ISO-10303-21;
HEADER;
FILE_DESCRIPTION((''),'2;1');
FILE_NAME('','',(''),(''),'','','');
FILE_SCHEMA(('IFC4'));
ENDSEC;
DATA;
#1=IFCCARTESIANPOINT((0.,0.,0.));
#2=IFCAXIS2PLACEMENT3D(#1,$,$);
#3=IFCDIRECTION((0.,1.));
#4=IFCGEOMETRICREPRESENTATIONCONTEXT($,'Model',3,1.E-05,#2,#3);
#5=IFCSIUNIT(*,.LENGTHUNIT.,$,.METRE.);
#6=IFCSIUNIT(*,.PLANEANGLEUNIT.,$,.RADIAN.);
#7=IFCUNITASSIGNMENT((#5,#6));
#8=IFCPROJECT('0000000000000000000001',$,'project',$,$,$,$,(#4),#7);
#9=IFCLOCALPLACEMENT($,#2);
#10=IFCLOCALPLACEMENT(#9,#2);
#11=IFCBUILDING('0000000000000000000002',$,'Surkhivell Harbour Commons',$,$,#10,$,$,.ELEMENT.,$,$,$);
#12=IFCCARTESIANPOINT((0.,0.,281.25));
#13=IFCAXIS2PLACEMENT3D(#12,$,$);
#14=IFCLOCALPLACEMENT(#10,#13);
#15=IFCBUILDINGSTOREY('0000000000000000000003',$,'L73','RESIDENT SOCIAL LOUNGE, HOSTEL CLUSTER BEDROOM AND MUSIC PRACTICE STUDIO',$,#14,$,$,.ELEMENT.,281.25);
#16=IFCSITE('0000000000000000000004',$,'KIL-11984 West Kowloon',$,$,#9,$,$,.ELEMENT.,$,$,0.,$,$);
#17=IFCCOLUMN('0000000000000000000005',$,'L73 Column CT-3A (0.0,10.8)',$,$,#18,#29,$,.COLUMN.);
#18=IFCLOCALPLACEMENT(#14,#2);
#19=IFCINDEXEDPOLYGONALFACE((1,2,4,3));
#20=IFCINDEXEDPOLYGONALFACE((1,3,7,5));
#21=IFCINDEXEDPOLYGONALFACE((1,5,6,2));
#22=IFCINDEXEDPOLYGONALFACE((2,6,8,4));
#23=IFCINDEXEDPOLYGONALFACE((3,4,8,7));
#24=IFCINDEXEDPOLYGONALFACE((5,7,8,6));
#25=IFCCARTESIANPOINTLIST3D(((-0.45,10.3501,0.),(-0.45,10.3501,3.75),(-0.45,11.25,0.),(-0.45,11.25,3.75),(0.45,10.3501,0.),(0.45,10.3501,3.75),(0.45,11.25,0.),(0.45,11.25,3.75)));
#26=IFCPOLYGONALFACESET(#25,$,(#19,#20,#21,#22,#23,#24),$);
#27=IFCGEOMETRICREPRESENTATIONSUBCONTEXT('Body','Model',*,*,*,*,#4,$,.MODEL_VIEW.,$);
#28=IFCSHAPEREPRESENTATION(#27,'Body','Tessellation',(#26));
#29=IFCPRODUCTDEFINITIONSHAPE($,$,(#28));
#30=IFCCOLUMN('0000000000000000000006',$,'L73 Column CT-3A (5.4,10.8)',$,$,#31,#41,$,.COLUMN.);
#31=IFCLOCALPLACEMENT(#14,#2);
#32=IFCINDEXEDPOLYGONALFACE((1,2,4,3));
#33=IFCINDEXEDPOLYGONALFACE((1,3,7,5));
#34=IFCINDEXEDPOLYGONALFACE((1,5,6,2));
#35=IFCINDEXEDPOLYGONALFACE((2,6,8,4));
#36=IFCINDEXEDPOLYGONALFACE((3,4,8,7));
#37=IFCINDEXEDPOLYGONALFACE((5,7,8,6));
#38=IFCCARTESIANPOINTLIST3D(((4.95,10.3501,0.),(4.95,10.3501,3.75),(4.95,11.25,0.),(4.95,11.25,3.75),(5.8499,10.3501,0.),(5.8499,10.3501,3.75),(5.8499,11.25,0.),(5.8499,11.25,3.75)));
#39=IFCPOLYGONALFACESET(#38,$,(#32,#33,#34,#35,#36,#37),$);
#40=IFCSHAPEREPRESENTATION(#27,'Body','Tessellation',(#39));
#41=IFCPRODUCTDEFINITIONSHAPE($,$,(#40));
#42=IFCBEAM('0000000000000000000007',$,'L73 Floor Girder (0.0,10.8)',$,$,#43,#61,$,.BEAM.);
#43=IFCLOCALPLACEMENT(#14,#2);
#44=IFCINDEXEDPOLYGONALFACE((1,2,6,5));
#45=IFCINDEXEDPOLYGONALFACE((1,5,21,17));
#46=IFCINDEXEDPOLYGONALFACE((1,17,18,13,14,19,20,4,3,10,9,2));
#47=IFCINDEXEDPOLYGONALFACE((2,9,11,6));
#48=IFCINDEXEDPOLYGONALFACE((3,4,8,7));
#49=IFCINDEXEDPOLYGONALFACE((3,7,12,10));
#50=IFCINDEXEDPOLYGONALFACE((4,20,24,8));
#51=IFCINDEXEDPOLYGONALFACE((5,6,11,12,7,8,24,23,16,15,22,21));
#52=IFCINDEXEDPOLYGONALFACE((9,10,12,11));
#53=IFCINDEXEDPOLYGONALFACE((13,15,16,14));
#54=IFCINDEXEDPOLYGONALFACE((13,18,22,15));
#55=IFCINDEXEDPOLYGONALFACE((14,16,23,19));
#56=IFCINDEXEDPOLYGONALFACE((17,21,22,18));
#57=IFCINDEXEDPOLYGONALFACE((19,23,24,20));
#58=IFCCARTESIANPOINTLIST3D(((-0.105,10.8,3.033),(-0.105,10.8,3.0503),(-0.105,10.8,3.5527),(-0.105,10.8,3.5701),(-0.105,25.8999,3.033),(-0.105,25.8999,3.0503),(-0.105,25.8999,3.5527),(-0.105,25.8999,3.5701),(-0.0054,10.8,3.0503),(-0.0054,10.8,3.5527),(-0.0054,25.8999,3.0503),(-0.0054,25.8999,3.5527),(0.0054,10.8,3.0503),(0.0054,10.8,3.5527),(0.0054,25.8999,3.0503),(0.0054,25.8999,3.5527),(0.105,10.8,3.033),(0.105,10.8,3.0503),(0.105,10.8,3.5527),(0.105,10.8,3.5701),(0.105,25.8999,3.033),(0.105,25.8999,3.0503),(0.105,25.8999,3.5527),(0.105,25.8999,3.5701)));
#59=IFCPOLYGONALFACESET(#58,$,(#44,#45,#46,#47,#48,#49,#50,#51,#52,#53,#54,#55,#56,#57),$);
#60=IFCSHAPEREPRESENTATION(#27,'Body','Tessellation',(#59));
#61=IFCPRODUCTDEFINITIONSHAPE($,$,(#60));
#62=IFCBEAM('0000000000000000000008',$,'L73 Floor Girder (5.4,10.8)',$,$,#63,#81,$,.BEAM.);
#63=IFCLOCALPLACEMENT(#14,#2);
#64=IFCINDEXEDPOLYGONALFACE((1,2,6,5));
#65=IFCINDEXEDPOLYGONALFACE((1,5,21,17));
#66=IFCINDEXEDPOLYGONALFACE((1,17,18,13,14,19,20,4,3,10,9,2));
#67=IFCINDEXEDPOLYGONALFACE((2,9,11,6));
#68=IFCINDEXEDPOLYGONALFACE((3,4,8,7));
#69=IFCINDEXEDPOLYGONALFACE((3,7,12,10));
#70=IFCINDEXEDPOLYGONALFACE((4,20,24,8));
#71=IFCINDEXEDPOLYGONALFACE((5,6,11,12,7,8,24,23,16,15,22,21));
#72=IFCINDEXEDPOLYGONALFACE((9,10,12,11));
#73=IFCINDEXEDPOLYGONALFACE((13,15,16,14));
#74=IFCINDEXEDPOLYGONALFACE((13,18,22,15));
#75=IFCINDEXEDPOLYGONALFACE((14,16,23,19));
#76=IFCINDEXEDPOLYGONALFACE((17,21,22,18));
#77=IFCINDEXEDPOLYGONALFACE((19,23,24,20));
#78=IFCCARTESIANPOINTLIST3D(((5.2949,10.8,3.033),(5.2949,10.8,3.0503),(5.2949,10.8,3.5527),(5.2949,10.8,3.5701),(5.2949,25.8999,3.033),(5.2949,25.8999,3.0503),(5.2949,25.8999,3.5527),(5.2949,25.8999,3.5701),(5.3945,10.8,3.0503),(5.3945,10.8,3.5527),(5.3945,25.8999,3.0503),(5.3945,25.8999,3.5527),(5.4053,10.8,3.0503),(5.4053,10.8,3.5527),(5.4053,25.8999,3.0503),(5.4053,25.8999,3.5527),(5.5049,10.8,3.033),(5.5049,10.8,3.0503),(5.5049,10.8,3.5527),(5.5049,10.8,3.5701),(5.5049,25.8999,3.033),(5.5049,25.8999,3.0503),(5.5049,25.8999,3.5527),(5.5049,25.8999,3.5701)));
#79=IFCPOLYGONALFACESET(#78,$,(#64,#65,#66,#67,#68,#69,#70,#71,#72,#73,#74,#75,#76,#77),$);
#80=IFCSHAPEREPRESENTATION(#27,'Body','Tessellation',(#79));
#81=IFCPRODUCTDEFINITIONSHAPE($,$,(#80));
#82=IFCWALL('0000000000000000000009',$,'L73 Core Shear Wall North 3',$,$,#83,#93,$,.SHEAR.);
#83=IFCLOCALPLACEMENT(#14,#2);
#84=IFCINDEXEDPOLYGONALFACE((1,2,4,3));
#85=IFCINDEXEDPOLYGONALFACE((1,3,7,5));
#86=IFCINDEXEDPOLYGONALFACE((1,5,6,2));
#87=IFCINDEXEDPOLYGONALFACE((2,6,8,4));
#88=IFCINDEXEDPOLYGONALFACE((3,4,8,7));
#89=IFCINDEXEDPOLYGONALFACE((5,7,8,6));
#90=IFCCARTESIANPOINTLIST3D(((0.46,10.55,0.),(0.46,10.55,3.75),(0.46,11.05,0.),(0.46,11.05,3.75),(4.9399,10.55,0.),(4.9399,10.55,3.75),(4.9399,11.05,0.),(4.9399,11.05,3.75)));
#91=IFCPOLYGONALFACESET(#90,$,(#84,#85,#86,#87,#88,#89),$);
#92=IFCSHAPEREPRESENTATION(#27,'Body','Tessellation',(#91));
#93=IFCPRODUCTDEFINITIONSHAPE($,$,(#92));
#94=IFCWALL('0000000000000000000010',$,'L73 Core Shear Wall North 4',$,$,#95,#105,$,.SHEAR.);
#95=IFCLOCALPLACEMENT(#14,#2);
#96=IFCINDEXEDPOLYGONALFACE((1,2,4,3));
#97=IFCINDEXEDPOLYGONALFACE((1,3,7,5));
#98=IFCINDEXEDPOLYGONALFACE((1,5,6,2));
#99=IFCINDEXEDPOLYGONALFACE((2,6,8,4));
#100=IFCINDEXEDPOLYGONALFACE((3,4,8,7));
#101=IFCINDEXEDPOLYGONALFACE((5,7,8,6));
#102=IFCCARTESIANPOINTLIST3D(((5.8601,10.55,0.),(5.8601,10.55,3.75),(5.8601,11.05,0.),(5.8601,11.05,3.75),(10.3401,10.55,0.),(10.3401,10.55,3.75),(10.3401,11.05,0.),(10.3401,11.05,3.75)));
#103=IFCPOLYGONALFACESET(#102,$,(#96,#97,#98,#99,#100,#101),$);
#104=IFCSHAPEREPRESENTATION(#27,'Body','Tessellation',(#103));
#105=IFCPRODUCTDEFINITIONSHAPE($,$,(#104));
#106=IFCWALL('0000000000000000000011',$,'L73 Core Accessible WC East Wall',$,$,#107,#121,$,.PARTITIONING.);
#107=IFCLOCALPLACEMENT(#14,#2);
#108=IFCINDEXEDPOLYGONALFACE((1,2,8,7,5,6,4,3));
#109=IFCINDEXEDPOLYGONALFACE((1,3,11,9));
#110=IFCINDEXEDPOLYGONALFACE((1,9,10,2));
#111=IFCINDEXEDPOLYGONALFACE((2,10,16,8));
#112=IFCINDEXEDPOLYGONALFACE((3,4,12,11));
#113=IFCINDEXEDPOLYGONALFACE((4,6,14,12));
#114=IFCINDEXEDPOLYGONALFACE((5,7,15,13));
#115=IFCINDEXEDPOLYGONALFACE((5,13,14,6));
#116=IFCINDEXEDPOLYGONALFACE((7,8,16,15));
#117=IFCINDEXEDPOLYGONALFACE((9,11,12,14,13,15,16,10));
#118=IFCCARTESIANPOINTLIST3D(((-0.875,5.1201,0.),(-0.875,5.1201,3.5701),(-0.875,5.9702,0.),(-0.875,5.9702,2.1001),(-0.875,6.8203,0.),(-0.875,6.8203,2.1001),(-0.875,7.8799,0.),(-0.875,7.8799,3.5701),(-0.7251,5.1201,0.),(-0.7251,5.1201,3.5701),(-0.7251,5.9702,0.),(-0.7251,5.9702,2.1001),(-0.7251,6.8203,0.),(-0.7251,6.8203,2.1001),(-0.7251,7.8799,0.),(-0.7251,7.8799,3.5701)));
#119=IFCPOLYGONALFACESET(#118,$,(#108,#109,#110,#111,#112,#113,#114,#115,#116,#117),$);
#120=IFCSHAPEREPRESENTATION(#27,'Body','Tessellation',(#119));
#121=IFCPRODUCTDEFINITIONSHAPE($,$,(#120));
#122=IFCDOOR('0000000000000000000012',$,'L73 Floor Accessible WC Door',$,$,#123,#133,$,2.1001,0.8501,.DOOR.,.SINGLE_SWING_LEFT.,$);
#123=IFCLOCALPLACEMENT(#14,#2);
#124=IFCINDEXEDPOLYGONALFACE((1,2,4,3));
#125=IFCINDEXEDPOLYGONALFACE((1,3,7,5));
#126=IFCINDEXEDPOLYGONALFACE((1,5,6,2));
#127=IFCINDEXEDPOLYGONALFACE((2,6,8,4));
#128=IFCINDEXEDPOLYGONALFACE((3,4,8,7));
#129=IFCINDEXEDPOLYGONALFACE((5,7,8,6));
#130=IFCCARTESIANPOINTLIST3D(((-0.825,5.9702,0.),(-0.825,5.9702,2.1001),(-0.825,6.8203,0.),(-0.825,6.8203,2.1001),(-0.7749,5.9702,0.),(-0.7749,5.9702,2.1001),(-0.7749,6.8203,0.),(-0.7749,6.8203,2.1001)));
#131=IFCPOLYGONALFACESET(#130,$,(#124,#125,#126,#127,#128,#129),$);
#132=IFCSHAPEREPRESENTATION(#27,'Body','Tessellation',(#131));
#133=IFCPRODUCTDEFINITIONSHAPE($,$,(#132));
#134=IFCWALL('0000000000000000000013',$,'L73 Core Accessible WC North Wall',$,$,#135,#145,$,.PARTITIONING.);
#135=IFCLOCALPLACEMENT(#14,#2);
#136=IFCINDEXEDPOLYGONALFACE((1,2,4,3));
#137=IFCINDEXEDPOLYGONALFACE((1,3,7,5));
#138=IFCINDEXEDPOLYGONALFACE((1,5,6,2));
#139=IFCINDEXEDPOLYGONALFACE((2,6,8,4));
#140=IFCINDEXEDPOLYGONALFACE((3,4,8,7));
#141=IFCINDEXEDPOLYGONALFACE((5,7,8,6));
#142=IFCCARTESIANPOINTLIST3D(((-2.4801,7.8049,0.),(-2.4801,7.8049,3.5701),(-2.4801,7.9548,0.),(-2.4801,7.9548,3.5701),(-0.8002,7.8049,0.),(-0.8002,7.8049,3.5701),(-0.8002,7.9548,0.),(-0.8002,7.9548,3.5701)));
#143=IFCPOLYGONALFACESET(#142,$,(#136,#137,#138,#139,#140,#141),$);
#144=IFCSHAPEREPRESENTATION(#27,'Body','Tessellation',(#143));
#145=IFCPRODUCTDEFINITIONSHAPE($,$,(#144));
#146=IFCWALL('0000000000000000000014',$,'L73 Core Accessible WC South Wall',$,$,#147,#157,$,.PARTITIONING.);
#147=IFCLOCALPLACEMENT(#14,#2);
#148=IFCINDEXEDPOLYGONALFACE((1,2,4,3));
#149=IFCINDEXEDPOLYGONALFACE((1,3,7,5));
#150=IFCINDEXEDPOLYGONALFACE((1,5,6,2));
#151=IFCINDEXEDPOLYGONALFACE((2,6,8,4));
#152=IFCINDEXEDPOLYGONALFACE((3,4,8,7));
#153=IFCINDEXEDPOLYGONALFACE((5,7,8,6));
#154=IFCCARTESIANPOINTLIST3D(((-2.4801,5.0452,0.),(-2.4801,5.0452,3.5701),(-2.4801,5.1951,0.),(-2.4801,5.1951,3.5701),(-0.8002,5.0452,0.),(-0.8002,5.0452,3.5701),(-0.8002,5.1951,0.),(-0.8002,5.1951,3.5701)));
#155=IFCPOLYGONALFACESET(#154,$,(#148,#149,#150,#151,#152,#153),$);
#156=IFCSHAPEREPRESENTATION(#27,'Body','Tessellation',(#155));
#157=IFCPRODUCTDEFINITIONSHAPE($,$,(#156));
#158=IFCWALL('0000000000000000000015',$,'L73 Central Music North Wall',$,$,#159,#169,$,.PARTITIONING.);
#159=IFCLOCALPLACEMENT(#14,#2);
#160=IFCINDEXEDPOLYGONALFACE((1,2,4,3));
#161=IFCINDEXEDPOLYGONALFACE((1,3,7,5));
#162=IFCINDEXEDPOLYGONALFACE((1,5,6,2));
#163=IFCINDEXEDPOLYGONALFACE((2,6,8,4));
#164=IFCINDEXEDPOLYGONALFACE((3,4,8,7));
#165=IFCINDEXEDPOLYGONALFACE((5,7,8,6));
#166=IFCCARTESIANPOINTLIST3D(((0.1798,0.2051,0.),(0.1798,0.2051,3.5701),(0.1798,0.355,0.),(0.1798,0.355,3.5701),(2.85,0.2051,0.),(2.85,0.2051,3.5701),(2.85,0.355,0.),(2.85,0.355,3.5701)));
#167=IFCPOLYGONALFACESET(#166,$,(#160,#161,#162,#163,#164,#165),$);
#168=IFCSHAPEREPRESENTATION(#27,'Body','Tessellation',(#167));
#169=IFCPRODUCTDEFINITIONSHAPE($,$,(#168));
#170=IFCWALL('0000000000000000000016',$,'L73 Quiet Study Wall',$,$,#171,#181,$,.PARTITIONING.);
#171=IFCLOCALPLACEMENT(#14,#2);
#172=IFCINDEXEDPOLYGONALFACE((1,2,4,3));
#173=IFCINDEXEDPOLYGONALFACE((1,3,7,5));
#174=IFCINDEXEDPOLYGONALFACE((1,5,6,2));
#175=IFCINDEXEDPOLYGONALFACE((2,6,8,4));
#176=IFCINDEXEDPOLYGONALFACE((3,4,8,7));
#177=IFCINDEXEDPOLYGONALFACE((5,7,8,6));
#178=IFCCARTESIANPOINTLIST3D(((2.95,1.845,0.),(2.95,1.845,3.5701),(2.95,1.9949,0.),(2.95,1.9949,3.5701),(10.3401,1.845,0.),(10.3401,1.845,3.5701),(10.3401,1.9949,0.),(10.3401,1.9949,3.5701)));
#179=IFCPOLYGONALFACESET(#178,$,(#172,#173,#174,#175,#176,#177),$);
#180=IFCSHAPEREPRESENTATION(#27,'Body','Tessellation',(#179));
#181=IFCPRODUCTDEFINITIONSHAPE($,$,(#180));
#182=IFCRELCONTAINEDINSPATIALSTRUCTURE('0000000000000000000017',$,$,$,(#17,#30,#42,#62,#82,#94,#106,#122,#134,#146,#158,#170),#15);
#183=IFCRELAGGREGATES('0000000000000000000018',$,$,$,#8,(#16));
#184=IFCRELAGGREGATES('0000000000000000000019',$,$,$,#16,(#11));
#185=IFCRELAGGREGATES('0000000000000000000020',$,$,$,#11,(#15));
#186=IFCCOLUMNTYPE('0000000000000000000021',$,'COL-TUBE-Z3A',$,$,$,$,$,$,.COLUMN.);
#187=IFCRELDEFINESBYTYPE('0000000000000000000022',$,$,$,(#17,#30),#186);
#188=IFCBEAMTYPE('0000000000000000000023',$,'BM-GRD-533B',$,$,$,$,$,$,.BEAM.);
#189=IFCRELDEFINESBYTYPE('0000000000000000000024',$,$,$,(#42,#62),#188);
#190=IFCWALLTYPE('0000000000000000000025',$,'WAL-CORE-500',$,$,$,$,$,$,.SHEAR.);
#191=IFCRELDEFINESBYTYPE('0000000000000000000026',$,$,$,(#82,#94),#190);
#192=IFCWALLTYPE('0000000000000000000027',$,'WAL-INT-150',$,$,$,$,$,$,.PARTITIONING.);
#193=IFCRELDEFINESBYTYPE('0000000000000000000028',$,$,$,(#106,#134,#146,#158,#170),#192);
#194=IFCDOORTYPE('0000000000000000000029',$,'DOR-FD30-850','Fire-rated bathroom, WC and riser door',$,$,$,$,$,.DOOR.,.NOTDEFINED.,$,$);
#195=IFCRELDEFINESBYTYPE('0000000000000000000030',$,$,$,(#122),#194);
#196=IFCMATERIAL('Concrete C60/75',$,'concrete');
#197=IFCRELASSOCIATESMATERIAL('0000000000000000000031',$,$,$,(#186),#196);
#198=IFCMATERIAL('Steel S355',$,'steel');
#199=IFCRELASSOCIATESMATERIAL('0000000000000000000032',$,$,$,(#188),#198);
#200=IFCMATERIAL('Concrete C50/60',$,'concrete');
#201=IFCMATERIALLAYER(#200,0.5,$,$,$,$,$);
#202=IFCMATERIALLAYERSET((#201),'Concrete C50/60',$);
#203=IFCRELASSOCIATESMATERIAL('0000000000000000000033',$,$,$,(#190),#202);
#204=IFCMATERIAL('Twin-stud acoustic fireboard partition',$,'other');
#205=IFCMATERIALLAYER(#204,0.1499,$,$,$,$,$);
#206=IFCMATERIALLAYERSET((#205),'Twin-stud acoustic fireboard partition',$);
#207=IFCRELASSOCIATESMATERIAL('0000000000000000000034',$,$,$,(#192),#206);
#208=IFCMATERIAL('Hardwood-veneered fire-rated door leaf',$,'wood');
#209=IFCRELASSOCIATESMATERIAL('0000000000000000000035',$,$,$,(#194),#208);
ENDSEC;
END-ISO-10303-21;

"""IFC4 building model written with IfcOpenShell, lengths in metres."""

from ifc_helpers import new_model, si_unit, direction, frame, frame_2d, origin, origin_2d, place, context, subcontext, project, spatial, rectangle, i_section, extrude, material, layer, layer_set, material_profile, profile_set, type_object, element, fill, save


model = new_model("IFC4")

# Units and contexts
model_context = context("Model", 3, precision=1e-05, world=origin(), true_north=direction((0.0, 1.0)))
body_context = subcontext(model_context, "Body", "Model", "MODEL_VIEW")
ifc_project = project(units=[si_unit("LENGTHUNIT", "METRE"), si_unit("PLANEANGLEUNIT", "RADIAN")], contexts=[model_context])

# Site, building, storey
site_placement = place(None, origin())
site = spatial("IfcSite", under=ifc_project, at=site_placement, Name="KIL-11984 West Kowloon", CompositionType="ELEMENT", RefElevation=0.0)
building_placement = place(site_placement, origin())
building = spatial("IfcBuilding", under=site, at=building_placement, Name="Surkhivell Harbour Commons", CompositionType="ELEMENT")
storey_placement = place(building_placement, frame((0.0, 0.0, 281.25)))
storey = spatial("IfcBuildingStorey", under=building, at=storey_placement, Name="L73", Description="RESIDENT SOCIAL LOUNGE, HOSTEL CLUSTER BEDROOM AND MUSIC PRACTICE STUDIO", CompositionType="ELEMENT", Elevation=281.25)

# Columns
ifc_material_1 = material(Name="Concrete C60/75", Category="concrete")
ifc_material_profile_1 = material_profile(ifc_material_1, rectangle(XDim=0.8999, YDim=0.8999, at=origin_2d()), Name="RC-COL-900x900")
ifc_profile_set_1 = profile_set([ifc_material_profile_1], Name="Concrete C60/75")
column_type = type_object("IfcColumnType", Name="COL-TUBE-Z3A", PredefinedType="COLUMN", material=ifc_profile_set_1)
for number, where, z_axis, x_axis, name in (
    (1, (0.0, 10.8, 0.0), (0.0, 0.0, 1.0), (1.0, 0.0, 0.0), "L73 Column CT-3A (0.0,10.8)"),
    (2, (5.3999, 10.8, 0.0), (0.0, 0.0, 1.0), (1.0, 0.0, 0.0), "L73 Column CT-3A (5.4,10.8)"),
):
    element("IfcColumn", number, at=place(storey_placement, frame(where, z_axis=z_axis, x_axis=x_axis)), inside=storey, type_object=column_type, Name=name, PredefinedType="COLUMN", context=body_context, shape_type="SweptSolid", body=[
        extrude(rectangle(XDim=0.8999, YDim=0.8999, at=origin_2d()), origin(), (0.0, 0.0, 1.0), 3.75),
    ])

# Beams
ifc_material_2 = material(Name="Steel S355", Category="steel")
ifc_material_profile_2 = material_profile(ifc_material_2, i_section(OverallWidth=0.21, OverallDepth=0.5371, WebThickness=0.0107, FlangeThickness=0.0173, at=origin_2d()), Name="UB533x210x101")
ifc_profile_set_2 = profile_set([ifc_material_profile_2], Name="Steel S355")
beam_type = type_object("IfcBeamType", Name="BM-GRD-533B", PredefinedType="BEAM", material=ifc_profile_set_2)
for number, where, z_axis, x_axis, name in (
    (3, (0.0, 10.8, 3.3015), (0.0, 1.0, 0.0), (-1.0, 0.0, 0.0), "L73 Floor Girder (0.0,10.8)"),
    (4, (5.3999, 10.8, 3.3015), (0.0, 1.0, 0.0), (-1.0, 0.0, 0.0), "L73 Floor Girder (5.4,10.8)"),
):
    element("IfcBeam", number, at=place(storey_placement, frame(where, z_axis=z_axis, x_axis=x_axis)), inside=storey, type_object=beam_type, Name=name, PredefinedType="BEAM", context=body_context, shape_type="SweptSolid", body=[
        extrude(i_section(OverallWidth=0.21, OverallDepth=0.5371, WebThickness=0.0107, FlangeThickness=0.0173, at=origin_2d()), origin(), (0.0, 0.0, 1.0), 15.0999),
    ])

# Walls
ifc_material_3 = material(Name="Concrete C50/60", Category="concrete")
ifc_layer_1 = layer(ifc_material_3, 0.5)
ifc_layer_set_1 = layer_set([ifc_layer_1], Name="Concrete C50/60")
wall_type_1 = type_object("IfcWallType", Name="WAL-CORE-500", PredefinedType="SHEAR", material=ifc_layer_set_1)
for number, where, z_axis, x_axis, name in (
    (5, (0.46, 10.8, 0.0), (0.0, 0.0, 1.0), (1.0, 0.0, 0.0), "L73 Core Shear Wall North 3"),
    (6, (5.8601, 10.8, 0.0), (0.0, 0.0, 1.0), (1.0, 0.0, 0.0), "L73 Core Shear Wall North 4"),
):
    element("IfcWall", number, at=place(storey_placement, frame(where, z_axis=z_axis, x_axis=x_axis)), inside=storey, type_object=wall_type_1, Name=name, PredefinedType="SHEAR", context=body_context, shape_type="SweptSolid", body=[
        extrude(rectangle(XDim=4.48, YDim=0.5, at=frame_2d((2.24, 0.0))), origin(), (0.0, 0.0, 1.0), 3.75),
    ])

# Wall, opening, door
ifc_material_4 = material(Name="Twin-stud acoustic fireboard partition", Category="other")
ifc_layer_2 = layer(ifc_material_4, 0.1499)
ifc_layer_set_2 = layer_set([ifc_layer_2], Name="Twin-stud acoustic fireboard partition")
wall_type_2 = type_object("IfcWallType", Name="WAL-INT-150", PredefinedType="PARTITIONING", material=ifc_layer_set_2)
wall_1_placement = place(storey_placement, frame((-0.8, 5.1201, 0.0), z_axis=(0.0, 0.0, 1.0), x_axis=(0.0, 1.0, 0.0)))
wall_1 = element("IfcWall", 7, at=wall_1_placement, inside=storey, type_object=wall_type_2, Name="L73 Core Accessible WC East Wall", PredefinedType="PARTITIONING", context=body_context, shape_type="SweptSolid", body=[
    extrude(rectangle(XDim=2.7598, YDim=0.1499, at=frame_2d((1.3799, 0.0))), origin(), (0.0, 0.0, 1.0), 3.5701),
])
opening_1_placement = place(wall_1_placement, frame((0.8501, 0.0, 0.0)))
opening_1 = element("IfcOpeningElement", 8, at=opening_1_placement, cuts=wall_1, PredefinedType="OPENING", context=body_context, shape_type="SweptSolid", body=[
    extrude(rectangle(XDim=0.8501, YDim=2.1001, at=frame_2d((0.425, 1.05))), frame((0.0, 0.085, 0.0), z_axis=(0.0, -1.0, 0.0), x_axis=(1.0, 0.0, 0.0)), (0.0, 0.0, 1.0), 0.1699),
])
ifc_material_5 = material(Name="Hardwood-veneered fire-rated door leaf", Category="wood")
door_type_1 = type_object("IfcDoorType", Name="DOR-FD30-850", Description="Fire-rated bathroom, WC and riser door", OperationType="NOTDEFINED", PredefinedType="DOOR", material=ifc_material_5)
door_1_placement = place(opening_1_placement, origin())
door_1 = element("IfcDoor", 9, at=door_1_placement, inside=storey, type_object=door_type_1, Name="L73 Floor Accessible WC Door", OperationType="SINGLE_SWING_LEFT", OverallHeight=2.1001, OverallWidth=0.8501, PredefinedType="DOOR", context=body_context, shape_type="SweptSolid", body=[
    extrude(rectangle(XDim=0.8501, YDim=2.1001, at=frame_2d((0.425, 1.05))), frame((0.0, 0.0249, 0.0), z_axis=(0.0, -1.0, 0.0), x_axis=(1.0, 0.0, 0.0)), (0.0, 0.0, 1.0), 0.05),
])
fill(opening_1, door_1)

# Walls
for number, where, z_axis, x_axis, name in (
    (10, (-2.48, 7.8799, 0.0), (0.0, 0.0, 1.0), (1.0, 0.0, 0.0), "L73 Core Accessible WC North Wall"),
    (11, (-2.48, 5.1201, 0.0), (0.0, 0.0, 1.0), (1.0, 0.0, 0.0), "L73 Core Accessible WC South Wall"),
):
    element("IfcWall", number, at=place(storey_placement, frame(where, z_axis=z_axis, x_axis=x_axis)), inside=storey, type_object=wall_type_2, Name=name, PredefinedType="PARTITIONING", context=body_context, shape_type="SweptSolid", body=[
        extrude(rectangle(XDim=1.6799, YDim=0.1499, at=frame_2d((0.8398, 0.0))), origin(), (0.0, 0.0, 1.0), 3.5701),
    ])
wall_2_placement = place(storey_placement, frame((0.1799, 0.28, 0.0), z_axis=(0.0, 0.0, 1.0), x_axis=(1.0, 0.0, 0.0)))
element("IfcWall", 12, at=wall_2_placement, inside=storey, type_object=wall_type_2, Name="L73 Central Music North Wall", PredefinedType="PARTITIONING", context=body_context, shape_type="SweptSolid", body=[
    extrude(rectangle(XDim=2.6702, YDim=0.1499, at=frame_2d((1.335, 0.0))), origin(), (0.0, 0.0, 1.0), 3.5701),
])
wall_3_placement = place(storey_placement, frame((2.95, 1.9199, 0.0), z_axis=(0.0, 0.0, 1.0), x_axis=(1.0, 0.0, 0.0)))
element("IfcWall", 13, at=wall_3_placement, inside=storey, type_object=wall_type_2, Name="L73 Quiet Study Wall", PredefinedType="PARTITIONING", context=body_context, shape_type="SweptSolid", body=[
    extrude(rectangle(XDim=7.3901, YDim=0.1499, at=frame_2d((3.6951, 0.0))), origin(), (0.0, 0.0, 1.0), 3.5701),
])

save(model, "model.ifc")
